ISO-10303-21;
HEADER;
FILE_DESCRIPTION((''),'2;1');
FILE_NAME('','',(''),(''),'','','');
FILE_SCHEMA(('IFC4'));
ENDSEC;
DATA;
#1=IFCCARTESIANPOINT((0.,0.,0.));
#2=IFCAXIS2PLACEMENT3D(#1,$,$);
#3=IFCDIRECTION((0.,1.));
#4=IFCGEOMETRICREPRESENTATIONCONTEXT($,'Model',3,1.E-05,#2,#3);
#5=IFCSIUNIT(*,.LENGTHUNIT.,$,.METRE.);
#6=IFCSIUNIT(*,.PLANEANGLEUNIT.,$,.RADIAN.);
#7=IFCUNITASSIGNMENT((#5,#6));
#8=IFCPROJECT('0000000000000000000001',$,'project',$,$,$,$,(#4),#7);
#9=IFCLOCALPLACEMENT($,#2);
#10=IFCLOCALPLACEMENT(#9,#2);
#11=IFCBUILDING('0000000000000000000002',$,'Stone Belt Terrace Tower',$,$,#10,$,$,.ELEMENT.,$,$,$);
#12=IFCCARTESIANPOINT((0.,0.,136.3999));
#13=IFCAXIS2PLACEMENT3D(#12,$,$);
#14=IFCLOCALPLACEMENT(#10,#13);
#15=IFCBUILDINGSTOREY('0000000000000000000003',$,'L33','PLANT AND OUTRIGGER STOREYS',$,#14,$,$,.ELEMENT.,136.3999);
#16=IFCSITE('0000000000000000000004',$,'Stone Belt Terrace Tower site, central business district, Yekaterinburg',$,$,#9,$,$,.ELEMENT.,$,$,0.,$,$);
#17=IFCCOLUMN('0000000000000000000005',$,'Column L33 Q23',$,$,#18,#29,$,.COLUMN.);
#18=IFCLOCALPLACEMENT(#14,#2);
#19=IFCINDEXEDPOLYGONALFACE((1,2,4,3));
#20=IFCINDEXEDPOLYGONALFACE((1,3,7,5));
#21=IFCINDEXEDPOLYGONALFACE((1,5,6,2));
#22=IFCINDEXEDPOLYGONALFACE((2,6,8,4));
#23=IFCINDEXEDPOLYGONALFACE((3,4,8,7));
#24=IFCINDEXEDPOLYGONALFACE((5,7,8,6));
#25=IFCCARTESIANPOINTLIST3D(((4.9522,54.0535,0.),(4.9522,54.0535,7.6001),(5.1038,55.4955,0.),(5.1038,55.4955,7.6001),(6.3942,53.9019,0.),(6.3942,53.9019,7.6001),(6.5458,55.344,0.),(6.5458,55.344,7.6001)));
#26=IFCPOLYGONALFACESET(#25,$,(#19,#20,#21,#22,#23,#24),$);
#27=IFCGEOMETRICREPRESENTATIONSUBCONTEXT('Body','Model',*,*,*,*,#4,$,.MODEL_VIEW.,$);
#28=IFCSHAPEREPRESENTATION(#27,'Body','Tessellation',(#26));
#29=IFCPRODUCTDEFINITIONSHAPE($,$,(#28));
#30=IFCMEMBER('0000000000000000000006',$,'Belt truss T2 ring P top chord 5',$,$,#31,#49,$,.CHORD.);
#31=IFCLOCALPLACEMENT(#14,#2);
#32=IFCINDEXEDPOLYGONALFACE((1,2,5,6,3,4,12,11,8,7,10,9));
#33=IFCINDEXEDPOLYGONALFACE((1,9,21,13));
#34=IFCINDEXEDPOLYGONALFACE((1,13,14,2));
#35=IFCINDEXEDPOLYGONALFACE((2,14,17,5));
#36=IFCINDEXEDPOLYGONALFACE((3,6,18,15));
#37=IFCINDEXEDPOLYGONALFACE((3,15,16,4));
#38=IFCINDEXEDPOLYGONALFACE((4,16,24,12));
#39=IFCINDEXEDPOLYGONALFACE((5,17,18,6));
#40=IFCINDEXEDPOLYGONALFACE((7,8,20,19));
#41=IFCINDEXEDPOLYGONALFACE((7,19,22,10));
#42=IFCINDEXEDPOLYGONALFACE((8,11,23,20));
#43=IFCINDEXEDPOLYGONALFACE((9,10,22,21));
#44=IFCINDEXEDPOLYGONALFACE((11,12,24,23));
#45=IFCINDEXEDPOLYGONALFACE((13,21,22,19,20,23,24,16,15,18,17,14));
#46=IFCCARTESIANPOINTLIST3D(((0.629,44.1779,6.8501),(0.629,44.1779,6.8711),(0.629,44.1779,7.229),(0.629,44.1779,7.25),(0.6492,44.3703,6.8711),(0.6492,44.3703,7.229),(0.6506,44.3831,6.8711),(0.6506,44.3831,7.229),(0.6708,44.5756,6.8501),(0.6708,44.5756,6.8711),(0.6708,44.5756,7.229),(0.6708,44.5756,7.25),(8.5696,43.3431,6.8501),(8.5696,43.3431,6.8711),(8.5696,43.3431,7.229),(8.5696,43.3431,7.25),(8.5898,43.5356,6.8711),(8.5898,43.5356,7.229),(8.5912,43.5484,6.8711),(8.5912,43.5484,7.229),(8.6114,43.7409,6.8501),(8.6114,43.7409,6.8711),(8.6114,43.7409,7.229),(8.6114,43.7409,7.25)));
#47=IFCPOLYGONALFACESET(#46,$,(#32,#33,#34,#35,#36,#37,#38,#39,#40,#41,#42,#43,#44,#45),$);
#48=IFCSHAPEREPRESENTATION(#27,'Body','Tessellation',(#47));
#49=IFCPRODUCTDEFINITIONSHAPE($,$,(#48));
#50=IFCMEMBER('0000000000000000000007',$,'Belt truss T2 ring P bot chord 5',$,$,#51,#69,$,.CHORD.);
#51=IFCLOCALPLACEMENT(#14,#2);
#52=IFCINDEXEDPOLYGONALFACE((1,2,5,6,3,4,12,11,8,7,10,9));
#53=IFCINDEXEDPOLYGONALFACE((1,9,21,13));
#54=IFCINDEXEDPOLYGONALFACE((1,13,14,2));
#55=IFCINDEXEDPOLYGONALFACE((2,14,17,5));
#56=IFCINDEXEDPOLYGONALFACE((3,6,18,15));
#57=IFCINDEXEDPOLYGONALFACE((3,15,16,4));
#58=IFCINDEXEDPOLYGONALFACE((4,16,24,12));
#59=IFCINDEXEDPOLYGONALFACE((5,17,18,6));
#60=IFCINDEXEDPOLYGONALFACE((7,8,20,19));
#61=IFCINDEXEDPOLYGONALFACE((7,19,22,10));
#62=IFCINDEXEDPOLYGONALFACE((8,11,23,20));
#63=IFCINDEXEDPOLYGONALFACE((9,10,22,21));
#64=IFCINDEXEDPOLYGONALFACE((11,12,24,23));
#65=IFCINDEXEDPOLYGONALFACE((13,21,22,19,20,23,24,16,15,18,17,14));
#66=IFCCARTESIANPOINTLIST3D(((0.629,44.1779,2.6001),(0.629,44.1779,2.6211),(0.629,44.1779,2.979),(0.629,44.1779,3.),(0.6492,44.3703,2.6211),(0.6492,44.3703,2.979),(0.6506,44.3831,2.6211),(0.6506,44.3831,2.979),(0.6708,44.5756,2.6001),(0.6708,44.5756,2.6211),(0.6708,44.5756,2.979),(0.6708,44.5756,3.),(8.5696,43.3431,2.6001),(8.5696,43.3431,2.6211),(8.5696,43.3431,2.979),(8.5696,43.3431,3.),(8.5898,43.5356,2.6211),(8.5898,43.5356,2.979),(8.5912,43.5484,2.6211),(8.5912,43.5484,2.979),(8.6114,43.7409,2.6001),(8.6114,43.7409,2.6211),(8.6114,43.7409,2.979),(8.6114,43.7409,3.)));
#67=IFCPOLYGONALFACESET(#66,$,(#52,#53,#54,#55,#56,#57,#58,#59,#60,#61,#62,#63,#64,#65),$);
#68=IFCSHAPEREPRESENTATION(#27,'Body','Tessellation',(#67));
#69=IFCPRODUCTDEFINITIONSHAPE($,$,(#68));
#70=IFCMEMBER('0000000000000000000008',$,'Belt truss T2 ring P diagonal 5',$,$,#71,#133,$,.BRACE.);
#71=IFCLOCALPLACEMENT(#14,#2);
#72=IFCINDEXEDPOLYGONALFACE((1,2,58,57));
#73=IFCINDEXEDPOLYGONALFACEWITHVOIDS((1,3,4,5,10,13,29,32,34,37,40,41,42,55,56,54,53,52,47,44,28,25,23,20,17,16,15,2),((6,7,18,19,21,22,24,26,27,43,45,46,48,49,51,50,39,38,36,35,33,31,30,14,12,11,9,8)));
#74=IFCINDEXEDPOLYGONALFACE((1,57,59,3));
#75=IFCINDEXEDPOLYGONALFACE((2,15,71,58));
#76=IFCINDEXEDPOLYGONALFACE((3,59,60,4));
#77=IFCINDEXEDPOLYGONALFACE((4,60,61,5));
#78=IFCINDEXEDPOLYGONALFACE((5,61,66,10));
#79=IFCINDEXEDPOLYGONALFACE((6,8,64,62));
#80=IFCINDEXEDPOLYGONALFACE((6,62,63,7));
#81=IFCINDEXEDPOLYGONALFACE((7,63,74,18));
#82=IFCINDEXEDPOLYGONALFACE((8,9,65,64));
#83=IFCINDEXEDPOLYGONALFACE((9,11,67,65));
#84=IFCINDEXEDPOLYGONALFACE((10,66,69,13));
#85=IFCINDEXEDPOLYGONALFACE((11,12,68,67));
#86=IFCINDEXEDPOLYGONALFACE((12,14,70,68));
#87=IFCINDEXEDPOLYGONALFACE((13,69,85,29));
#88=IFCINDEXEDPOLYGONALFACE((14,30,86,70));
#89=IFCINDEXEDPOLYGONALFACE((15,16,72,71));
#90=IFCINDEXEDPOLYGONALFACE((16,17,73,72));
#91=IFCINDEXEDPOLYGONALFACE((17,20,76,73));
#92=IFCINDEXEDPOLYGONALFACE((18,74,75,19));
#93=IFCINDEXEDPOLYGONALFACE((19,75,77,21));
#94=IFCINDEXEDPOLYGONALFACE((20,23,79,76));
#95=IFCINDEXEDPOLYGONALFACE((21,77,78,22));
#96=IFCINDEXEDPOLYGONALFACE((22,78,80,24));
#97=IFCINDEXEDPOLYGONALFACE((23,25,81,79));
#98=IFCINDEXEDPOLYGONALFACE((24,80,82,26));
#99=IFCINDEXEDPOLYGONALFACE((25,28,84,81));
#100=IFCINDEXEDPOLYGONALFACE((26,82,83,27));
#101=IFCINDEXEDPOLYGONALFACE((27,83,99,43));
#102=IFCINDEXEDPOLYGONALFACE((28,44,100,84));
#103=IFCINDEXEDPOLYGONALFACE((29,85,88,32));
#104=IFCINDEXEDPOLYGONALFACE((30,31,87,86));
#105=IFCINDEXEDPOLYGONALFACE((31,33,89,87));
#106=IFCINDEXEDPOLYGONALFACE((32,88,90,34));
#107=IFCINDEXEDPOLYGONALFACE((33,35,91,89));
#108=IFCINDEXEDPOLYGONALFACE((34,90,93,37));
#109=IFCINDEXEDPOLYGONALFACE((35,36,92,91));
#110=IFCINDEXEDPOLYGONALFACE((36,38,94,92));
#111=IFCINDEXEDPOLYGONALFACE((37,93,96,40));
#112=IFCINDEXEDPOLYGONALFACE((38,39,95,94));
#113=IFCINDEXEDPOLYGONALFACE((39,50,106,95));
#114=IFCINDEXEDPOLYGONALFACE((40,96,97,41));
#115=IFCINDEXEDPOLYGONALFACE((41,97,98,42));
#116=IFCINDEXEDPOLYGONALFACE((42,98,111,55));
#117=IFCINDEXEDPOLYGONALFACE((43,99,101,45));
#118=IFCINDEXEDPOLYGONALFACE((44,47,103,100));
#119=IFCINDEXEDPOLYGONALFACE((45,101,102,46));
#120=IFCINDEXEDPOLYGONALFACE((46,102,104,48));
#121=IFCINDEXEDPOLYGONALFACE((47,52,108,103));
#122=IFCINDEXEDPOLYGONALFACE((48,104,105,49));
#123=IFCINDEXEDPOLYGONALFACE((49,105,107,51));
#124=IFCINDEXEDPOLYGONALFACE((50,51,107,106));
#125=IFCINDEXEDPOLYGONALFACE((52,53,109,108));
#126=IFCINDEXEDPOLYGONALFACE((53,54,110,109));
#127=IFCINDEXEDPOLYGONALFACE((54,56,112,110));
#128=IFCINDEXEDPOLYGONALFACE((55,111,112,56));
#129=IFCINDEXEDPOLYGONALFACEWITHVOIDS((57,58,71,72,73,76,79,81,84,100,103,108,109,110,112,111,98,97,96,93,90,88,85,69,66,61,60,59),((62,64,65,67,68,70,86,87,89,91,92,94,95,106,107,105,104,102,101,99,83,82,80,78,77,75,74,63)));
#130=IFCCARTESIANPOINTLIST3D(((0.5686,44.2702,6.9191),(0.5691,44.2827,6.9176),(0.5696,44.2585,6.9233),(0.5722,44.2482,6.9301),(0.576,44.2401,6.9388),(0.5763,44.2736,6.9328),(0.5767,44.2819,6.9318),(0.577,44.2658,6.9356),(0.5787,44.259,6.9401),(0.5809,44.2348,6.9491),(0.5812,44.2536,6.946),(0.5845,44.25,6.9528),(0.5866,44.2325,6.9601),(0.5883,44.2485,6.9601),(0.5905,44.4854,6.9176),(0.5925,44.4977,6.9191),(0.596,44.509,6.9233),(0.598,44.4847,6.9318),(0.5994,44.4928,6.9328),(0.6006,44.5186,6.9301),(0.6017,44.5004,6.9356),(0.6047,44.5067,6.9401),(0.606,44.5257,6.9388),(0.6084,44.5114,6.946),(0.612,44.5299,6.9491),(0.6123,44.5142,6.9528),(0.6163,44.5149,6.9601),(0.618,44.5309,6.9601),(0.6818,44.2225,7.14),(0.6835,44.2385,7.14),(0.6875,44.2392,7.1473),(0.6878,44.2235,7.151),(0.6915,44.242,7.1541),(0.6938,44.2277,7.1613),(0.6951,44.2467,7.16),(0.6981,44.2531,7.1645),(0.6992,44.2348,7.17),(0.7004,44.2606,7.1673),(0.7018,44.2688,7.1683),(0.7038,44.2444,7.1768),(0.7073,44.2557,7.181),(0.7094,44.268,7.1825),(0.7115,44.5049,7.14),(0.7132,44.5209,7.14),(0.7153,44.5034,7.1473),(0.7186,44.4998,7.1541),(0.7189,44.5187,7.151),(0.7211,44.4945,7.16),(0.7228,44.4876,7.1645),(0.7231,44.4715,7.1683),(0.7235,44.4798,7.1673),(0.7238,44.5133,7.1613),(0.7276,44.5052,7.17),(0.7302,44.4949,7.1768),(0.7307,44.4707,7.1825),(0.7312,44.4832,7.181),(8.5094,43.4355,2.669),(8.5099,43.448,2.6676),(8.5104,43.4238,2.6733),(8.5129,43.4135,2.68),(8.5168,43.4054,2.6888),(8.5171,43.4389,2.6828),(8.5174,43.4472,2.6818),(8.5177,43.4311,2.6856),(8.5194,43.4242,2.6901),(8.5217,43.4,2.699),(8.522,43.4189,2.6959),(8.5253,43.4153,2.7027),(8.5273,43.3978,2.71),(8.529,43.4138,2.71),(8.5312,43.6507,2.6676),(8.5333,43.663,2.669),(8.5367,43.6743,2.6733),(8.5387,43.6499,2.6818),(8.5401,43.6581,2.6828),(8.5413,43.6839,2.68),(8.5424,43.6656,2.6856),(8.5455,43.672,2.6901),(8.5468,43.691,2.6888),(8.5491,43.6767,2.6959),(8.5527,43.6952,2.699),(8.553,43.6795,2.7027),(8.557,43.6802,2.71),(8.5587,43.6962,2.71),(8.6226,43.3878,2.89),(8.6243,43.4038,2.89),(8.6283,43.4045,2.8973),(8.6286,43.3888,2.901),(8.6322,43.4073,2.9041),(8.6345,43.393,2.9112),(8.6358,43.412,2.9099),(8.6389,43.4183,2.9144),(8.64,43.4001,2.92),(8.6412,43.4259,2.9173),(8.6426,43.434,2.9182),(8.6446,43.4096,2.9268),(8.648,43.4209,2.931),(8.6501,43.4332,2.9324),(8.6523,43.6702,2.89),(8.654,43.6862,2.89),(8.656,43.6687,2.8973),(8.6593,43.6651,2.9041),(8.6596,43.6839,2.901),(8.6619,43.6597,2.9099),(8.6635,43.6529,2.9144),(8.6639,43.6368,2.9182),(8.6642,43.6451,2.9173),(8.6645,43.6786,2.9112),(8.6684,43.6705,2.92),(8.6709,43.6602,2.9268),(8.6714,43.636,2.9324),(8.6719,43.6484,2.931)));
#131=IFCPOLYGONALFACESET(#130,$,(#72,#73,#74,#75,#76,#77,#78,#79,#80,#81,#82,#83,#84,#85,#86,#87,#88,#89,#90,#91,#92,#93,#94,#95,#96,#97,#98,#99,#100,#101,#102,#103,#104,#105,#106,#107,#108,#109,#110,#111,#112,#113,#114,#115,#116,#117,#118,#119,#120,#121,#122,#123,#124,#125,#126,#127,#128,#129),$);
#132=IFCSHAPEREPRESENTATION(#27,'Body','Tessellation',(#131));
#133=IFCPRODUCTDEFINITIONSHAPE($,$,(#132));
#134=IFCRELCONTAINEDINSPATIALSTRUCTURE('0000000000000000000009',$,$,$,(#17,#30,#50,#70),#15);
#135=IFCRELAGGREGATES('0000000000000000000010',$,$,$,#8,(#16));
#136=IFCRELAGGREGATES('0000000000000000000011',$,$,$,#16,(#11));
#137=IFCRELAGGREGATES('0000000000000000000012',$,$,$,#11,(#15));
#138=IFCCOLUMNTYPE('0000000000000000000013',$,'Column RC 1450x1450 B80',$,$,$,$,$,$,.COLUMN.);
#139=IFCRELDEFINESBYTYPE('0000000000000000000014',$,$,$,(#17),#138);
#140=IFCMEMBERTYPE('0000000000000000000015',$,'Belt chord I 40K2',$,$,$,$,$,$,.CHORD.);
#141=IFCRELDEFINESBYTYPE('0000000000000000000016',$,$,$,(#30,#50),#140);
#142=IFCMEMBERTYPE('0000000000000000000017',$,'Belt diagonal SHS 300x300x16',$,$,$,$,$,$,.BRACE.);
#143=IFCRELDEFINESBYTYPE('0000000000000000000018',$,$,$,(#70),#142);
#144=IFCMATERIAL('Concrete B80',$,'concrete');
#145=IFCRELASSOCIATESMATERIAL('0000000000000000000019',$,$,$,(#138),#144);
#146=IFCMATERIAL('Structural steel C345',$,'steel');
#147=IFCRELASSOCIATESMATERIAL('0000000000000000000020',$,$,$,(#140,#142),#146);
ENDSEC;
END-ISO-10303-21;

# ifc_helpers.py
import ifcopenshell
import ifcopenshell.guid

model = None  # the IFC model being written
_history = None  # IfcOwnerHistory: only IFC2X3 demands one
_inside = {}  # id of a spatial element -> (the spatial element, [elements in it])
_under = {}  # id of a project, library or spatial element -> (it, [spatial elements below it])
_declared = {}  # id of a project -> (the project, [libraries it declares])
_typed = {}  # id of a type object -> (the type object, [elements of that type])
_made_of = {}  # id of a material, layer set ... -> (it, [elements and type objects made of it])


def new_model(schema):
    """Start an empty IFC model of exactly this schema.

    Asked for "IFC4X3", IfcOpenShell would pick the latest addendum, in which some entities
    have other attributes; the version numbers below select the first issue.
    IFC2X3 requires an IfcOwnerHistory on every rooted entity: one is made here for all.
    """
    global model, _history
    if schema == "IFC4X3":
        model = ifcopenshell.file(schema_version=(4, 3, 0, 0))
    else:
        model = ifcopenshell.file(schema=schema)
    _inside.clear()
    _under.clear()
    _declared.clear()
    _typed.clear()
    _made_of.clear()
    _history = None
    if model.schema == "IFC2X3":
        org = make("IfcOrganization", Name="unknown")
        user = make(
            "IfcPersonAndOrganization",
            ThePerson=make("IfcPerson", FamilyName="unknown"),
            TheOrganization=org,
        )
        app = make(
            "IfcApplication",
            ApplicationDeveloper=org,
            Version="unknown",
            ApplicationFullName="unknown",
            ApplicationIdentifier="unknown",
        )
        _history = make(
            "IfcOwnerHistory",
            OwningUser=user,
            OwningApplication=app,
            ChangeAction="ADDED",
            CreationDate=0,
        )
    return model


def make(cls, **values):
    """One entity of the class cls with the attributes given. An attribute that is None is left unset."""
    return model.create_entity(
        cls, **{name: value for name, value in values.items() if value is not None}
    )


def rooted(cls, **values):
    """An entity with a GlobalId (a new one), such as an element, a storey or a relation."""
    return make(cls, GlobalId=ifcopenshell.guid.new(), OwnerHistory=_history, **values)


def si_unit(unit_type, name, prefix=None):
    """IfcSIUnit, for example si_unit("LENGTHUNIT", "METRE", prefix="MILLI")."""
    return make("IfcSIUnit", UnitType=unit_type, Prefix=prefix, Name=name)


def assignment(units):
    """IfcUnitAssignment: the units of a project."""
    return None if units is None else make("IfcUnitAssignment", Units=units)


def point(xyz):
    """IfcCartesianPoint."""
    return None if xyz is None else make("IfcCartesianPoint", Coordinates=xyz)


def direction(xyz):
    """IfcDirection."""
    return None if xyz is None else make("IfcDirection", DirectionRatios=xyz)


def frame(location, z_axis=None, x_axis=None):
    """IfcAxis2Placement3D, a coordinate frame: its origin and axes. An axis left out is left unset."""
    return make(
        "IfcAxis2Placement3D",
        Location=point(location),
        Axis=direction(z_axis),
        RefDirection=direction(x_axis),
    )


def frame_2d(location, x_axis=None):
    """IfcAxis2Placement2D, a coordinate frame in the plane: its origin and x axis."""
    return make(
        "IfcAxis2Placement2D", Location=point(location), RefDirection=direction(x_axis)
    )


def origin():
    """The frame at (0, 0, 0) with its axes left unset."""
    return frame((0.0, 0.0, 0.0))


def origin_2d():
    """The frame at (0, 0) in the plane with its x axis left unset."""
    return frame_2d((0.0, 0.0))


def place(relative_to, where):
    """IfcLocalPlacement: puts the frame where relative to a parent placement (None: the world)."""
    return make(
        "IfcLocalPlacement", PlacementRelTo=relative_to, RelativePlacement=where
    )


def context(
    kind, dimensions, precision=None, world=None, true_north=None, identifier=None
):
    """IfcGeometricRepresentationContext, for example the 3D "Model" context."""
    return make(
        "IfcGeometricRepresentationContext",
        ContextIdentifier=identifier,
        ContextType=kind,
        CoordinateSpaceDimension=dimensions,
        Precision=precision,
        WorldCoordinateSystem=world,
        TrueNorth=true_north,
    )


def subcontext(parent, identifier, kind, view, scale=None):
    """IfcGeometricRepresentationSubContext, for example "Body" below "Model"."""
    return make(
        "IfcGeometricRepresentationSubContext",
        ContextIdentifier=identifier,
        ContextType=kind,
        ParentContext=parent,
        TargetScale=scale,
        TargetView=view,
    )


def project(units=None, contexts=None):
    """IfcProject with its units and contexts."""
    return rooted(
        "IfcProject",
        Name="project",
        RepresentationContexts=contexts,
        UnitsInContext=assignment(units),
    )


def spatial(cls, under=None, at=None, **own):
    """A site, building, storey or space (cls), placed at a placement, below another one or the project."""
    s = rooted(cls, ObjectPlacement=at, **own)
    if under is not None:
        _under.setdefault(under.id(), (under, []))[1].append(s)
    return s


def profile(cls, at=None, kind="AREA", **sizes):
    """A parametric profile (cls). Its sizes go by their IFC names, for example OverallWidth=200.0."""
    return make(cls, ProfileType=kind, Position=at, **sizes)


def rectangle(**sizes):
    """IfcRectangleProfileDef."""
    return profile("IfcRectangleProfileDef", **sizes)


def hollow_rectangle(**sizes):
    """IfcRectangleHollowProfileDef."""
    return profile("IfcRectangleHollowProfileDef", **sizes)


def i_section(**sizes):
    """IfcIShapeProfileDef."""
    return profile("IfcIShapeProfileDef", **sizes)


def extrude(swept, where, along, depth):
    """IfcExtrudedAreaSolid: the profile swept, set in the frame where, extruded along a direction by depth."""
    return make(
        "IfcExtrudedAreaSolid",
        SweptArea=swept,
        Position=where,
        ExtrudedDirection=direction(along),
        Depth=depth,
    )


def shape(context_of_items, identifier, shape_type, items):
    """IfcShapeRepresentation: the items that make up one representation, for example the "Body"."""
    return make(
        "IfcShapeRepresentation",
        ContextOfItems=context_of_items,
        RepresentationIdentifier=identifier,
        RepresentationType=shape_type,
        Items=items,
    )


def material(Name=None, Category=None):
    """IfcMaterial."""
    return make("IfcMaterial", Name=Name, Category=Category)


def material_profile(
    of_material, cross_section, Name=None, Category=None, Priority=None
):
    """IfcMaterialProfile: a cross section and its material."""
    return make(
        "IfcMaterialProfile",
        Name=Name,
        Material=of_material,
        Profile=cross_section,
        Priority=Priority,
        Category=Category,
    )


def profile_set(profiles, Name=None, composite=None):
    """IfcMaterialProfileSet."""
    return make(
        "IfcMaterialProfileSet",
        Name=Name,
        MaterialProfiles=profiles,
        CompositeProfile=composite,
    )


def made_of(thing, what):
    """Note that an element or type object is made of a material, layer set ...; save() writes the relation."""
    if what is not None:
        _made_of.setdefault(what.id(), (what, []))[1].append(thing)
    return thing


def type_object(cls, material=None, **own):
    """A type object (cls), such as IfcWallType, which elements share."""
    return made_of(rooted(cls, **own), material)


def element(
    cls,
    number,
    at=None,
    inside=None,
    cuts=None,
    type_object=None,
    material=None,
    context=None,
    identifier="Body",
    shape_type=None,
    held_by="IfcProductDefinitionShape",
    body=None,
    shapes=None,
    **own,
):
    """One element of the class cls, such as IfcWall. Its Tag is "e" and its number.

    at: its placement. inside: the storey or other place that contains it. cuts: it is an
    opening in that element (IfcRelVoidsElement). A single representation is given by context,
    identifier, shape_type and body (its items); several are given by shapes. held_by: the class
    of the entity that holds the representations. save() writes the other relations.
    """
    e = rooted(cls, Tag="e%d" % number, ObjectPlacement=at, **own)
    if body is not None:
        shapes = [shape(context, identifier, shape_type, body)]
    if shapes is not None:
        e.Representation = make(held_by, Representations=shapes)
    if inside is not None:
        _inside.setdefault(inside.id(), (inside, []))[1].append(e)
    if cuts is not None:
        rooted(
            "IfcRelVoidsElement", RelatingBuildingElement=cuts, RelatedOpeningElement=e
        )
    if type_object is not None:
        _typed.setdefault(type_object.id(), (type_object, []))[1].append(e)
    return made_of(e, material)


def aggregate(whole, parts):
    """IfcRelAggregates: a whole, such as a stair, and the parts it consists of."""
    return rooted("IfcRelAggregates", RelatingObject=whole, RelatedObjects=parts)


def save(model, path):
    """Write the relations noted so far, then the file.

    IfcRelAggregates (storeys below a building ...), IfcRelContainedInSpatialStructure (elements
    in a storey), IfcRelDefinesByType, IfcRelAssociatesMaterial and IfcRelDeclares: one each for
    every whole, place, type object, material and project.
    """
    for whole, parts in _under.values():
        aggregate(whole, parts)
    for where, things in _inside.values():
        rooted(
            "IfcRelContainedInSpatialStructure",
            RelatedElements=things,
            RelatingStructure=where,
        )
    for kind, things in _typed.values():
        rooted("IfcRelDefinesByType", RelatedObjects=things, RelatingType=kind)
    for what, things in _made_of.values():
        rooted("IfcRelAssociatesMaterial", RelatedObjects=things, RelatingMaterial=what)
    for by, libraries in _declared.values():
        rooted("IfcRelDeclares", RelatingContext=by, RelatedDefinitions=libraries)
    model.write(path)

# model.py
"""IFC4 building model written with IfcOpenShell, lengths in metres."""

from ifc_helpers import new_model, si_unit, direction, frame, origin, origin_2d, place, context, subcontext, project, spatial, rectangle, hollow_rectangle, i_section, extrude, material, material_profile, profile_set, type_object, element, save


model = new_model("IFC4")

# Units and contexts
model_context = context("Model", 3, precision=1e-05, world=origin(), true_north=direction((0.0, 1.0)))
body_context = subcontext(model_context, "Body", "Model", "MODEL_VIEW")
ifc_project = project(units=[si_unit("LENGTHUNIT", "METRE"), si_unit("PLANEANGLEUNIT", "RADIAN")], contexts=[model_context])

# Site, building, storey
site_placement = place(None, origin())
site = spatial("IfcSite", under=ifc_project, at=site_placement, Name="Stone Belt Terrace Tower site, central business district, Yekaterinburg", CompositionType="ELEMENT", RefElevation=0.0)
building_placement = place(site_placement, origin())
building = spatial("IfcBuilding", under=site, at=building_placement, Name="Stone Belt Terrace Tower", CompositionType="ELEMENT")
storey_placement = place(building_placement, frame((0.0, 0.0, 136.3999)))
storey = spatial("IfcBuildingStorey", under=building, at=storey_placement, Name="L33", Description="PLANT AND OUTRIGGER STOREYS", CompositionType="ELEMENT", Elevation=136.3999)

# Column
ifc_material_1 = material(Name="Concrete B80", Category="concrete")
ifc_material_profile_1 = material_profile(ifc_material_1, rectangle(XDim=1.45, YDim=1.45, at=origin_2d()), Name="RC 1450x1450")
ifc_profile_set_1 = profile_set([ifc_material_profile_1], Name="Concrete B80")
column_type = type_object("IfcColumnType", Name="Column RC 1450x1450 B80", PredefinedType="COLUMN", material=ifc_profile_set_1)
column_placement = place(storey_placement, frame((5.749, 54.6987, 0.0), z_axis=(0.0, 0.0, 1.0), x_axis=(0.994522, -0.104528, 0.0)))
element("IfcColumn", 1, at=column_placement, inside=storey, type_object=column_type, Name="Column L33 Q23", PredefinedType="COLUMN", context=body_context, shape_type="SweptSolid", body=[
    extrude(rectangle(XDim=1.45, YDim=1.45, at=origin_2d()), origin(), (0.0, 0.0, 1.0), 7.6001),
])

# Members
ifc_material_2 = material(Name="Structural steel C345", Category="steel")
ifc_material_profile_2 = material_profile(ifc_material_2, i_section(OverallWidth=0.3999, OverallDepth=0.3999, WebThickness=0.0129, FlangeThickness=0.021, at=origin_2d()), Name="I 40K2")
ifc_profile_set_2 = profile_set([ifc_material_profile_2], Name="Structural steel C345")
member_type_1 = type_object("IfcMemberType", Name="Belt chord I 40K2", PredefinedType="CHORD", material=ifc_profile_set_2)
for number, where, z_axis, x_axis, name in (
    (2, (0.6499, 44.3767, 7.05), (0.99452, -0.104543, 0.0), (0.104543, 0.99452, 0.0), "Belt truss T2 ring P top chord 5"),
    (3, (0.6499, 44.3767, 2.8), (0.99452, -0.104543, 0.0), (0.104543, 0.99452, 0.0), "Belt truss T2 ring P bot chord 5"),
):
    element("IfcMember", number, at=place(storey_placement, frame(where, z_axis=z_axis, x_axis=x_axis)), inside=storey, type_object=member_type_1, Name=name, PredefinedType="CHORD", context=body_context, shape_type="SweptSolid", body=[
        extrude(i_section(OverallWidth=0.3999, OverallDepth=0.3999, WebThickness=0.0129, FlangeThickness=0.021, at=origin_2d()), origin(), (0.0, 0.0, 1.0), 7.9844),
    ])
ifc_material_profile_3 = material_profile(ifc_material_2, hollow_rectangle(XDim=0.3, YDim=0.3, WallThickness=0.0161, InnerFilletRadius=0.032, OuterFilletRadius=0.0481, at=origin_2d()), Name="SHS 300x300x16")
ifc_profile_set_3 = profile_set([ifc_material_profile_3], Name="Structural steel C345")
member_type_2 = type_object("IfcMemberType", Name="Belt diagonal SHS 300x300x16", PredefinedType="BRACE", material=ifc_profile_set_3)
member_1_placement = place(storey_placement, frame((0.6499, 44.3767, 7.05), z_axis=(0.877899, -0.092284, -0.469868), x_axis=(0.104543, 0.99452, 0.0)))
element("IfcMember", 4, at=member_1_placement, inside=storey, type_object=member_type_2, Name="Belt truss T2 ring P diagonal 5", PredefinedType="BRACE", context=body_context, shape_type="SweptSolid", body=[
    extrude(hollow_rectangle(XDim=0.3, YDim=0.3, WallThickness=0.0161, InnerFilletRadius=0.032, OuterFilletRadius=0.0481, at=origin_2d()), origin(), (0.0, 0.0, 1.0), 9.0452),
])

save(model, "model.ifc")
